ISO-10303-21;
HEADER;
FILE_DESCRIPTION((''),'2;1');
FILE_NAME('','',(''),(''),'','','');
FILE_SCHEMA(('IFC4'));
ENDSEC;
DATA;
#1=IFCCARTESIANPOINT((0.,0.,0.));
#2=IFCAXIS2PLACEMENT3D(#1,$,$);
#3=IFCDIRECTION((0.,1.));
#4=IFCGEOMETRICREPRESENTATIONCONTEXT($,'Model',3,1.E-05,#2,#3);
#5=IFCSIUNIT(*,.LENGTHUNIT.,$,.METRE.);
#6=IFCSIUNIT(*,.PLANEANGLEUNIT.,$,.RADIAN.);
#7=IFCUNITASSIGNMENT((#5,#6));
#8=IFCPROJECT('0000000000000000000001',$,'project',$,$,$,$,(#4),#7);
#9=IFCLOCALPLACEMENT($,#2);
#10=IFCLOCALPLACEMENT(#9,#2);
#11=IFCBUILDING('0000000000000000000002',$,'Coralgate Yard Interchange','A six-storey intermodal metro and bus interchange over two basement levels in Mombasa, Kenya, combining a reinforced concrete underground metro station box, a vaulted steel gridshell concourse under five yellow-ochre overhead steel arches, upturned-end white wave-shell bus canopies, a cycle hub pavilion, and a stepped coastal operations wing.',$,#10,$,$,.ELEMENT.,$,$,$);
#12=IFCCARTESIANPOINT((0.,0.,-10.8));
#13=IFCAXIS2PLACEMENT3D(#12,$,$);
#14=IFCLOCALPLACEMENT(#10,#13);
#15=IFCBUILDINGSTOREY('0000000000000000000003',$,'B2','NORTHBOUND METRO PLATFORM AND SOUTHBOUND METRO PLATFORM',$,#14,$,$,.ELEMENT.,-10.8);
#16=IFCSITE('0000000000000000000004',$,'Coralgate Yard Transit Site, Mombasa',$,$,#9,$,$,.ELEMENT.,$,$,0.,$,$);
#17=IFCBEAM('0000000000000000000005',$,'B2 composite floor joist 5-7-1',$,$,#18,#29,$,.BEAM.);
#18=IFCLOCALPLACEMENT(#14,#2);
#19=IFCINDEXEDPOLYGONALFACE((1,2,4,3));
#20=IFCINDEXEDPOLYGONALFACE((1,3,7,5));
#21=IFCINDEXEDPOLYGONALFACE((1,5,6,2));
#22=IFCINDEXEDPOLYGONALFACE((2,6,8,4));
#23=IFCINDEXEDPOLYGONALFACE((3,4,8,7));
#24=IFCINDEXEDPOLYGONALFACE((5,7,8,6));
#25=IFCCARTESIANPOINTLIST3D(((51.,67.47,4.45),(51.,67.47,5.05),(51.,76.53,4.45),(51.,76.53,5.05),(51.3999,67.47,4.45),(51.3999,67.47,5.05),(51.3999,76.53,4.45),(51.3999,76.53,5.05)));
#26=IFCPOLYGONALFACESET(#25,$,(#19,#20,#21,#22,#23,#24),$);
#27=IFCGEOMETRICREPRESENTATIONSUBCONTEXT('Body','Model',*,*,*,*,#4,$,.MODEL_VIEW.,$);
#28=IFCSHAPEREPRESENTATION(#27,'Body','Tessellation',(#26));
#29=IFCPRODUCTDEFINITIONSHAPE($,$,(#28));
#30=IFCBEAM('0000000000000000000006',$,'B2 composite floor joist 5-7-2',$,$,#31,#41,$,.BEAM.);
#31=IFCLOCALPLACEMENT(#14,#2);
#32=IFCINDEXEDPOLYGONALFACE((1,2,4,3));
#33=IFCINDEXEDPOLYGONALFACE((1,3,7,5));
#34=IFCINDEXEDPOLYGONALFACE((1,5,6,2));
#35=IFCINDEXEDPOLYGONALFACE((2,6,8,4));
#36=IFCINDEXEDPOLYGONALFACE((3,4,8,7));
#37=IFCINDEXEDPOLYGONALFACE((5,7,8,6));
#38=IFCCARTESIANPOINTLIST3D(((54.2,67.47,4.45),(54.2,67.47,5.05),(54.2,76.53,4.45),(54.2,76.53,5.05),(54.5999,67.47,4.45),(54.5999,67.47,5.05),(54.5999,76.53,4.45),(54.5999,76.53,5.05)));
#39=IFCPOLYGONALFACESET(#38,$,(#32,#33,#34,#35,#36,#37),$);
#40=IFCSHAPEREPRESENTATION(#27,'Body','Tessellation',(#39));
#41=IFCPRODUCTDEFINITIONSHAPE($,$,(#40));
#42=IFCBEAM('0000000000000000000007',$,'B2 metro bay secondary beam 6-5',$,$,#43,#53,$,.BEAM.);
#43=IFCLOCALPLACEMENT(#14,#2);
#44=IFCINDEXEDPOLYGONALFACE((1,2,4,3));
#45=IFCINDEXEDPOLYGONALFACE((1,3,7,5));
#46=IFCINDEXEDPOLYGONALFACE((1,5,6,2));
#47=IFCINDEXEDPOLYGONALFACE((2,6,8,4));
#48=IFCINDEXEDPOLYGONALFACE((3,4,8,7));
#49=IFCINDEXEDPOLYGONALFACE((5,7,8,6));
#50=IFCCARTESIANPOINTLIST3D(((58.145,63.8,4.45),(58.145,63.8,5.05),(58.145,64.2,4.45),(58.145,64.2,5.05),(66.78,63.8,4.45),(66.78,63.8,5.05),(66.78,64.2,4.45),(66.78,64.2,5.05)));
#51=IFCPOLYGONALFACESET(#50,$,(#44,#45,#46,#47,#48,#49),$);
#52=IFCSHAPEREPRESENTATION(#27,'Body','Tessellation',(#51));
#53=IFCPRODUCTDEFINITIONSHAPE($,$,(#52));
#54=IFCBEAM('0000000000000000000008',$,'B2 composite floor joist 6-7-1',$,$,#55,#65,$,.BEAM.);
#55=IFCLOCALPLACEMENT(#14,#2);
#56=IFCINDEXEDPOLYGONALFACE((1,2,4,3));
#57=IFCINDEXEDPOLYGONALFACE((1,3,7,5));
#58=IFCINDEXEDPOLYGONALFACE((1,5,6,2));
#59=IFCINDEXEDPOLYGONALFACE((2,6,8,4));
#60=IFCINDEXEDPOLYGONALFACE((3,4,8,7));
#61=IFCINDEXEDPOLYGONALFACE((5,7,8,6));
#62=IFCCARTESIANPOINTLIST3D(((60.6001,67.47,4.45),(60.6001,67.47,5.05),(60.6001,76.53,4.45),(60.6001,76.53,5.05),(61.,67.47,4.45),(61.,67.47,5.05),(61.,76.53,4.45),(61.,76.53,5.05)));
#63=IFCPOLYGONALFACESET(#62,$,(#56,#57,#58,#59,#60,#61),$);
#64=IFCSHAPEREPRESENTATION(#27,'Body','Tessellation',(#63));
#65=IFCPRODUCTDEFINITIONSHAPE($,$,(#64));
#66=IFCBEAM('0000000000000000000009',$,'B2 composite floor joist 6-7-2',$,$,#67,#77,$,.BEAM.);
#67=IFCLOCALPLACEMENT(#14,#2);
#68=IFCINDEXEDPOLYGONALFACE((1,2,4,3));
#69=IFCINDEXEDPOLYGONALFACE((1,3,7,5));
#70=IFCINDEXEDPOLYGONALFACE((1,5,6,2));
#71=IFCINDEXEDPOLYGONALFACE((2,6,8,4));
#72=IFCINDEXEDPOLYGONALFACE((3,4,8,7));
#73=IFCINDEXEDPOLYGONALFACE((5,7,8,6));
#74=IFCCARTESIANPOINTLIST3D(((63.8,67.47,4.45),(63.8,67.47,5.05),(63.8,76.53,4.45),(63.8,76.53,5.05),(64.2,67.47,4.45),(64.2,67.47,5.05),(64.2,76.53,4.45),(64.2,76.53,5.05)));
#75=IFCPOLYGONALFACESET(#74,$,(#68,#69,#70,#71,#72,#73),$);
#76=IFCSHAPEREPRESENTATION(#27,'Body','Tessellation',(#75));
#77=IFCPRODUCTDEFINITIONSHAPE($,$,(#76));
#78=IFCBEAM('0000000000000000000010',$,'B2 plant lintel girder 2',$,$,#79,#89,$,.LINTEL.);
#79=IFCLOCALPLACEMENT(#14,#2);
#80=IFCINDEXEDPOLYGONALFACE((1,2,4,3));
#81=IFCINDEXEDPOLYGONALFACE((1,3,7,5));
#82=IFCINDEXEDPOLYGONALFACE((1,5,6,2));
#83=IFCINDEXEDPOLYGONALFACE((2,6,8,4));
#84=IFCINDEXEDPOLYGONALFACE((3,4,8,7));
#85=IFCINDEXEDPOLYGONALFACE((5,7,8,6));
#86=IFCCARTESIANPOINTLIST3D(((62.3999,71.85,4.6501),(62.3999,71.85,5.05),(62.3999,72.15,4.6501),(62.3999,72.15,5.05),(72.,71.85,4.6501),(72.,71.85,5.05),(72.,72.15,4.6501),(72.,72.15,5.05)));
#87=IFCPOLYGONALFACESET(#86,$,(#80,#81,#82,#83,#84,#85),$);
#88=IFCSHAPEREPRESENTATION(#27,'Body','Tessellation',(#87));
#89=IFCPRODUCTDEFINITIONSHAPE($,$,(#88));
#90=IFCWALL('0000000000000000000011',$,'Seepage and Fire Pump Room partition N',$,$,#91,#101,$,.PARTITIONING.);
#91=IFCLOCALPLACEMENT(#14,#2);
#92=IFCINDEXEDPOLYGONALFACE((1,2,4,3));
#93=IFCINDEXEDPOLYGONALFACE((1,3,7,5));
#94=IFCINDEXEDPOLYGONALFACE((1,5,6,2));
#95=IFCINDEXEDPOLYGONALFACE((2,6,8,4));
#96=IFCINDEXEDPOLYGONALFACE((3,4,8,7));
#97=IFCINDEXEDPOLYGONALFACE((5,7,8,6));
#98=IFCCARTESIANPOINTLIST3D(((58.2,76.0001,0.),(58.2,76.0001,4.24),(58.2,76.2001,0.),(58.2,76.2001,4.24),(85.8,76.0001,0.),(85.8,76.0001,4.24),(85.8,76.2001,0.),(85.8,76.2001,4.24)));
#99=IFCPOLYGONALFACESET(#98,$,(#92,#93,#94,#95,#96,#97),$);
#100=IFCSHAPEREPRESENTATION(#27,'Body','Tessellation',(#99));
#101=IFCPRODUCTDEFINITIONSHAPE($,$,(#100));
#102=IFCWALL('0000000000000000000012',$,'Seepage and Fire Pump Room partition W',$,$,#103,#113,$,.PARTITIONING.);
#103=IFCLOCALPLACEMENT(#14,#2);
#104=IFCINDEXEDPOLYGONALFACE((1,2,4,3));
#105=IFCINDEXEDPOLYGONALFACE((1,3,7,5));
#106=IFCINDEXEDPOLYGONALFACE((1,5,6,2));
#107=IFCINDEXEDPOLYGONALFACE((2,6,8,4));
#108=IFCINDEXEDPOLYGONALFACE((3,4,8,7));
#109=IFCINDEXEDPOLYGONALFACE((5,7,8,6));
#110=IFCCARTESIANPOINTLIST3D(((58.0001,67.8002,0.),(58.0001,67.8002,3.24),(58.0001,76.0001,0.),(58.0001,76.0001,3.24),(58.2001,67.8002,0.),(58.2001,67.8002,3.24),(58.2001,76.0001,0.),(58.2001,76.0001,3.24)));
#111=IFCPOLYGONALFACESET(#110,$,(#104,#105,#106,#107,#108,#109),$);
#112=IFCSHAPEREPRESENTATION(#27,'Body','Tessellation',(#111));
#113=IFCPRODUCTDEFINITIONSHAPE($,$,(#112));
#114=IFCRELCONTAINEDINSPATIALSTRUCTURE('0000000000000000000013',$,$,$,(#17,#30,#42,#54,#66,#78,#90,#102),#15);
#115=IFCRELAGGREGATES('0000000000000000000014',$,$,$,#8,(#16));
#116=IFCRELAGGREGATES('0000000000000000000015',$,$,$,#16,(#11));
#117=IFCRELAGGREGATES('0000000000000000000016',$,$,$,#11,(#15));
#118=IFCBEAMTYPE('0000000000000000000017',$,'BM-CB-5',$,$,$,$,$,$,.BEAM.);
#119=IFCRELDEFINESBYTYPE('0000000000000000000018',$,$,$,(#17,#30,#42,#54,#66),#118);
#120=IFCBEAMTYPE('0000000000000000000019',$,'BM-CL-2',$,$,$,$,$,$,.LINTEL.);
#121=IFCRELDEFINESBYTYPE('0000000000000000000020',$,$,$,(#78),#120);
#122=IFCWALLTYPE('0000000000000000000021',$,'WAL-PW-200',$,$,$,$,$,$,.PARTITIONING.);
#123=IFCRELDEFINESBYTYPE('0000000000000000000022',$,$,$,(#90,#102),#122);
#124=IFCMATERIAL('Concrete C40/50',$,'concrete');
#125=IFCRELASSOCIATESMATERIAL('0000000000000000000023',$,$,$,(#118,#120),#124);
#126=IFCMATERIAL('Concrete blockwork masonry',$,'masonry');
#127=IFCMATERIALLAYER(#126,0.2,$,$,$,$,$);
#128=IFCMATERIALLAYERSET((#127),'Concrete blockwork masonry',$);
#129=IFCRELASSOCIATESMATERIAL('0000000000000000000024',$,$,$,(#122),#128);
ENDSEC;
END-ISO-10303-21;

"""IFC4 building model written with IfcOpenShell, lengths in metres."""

from ifc_helpers import new_model, si_unit, direction, frame, frame_2d, origin, origin_2d, place, context, subcontext, project, spatial, rectangle, extrude, material, layer, layer_set, material_profile, profile_set, type_object, element, save


model = new_model("IFC4")

# Units and contexts
model_context = context("Model", 3, precision=1e-05, world=origin(), true_north=direction((0.0, 1.0)))
body_context = subcontext(model_context, "Body", "Model", "MODEL_VIEW")
ifc_project = project(units=[si_unit("LENGTHUNIT", "METRE"), si_unit("PLANEANGLEUNIT", "RADIAN")], contexts=[model_context])

# Site, building, storey
site_placement = place(None, origin())
site = spatial("IfcSite", under=ifc_project, at=site_placement, Name="Coralgate Yard Transit Site, Mombasa", CompositionType="ELEMENT", RefElevation=0.0)
building_placement = place(site_placement, origin())
building = spatial("IfcBuilding", under=site, at=building_placement, Name="Coralgate Yard Interchange", Description="A six-storey intermodal metro and bus interchange over two basement levels in Mombasa, Kenya, combining a reinforced concrete underground metro station box, a vaulted steel gridshell concourse under five yellow-ochre overhead steel arches, upturned-end white wave-shell bus canopies, a cycle hub pavilion, and a stepped coastal operations wing.", CompositionType="ELEMENT")
storey_placement = place(building_placement, frame((0.0, 0.0, -10.8)))
storey = spatial("IfcBuildingStorey", under=building, at=storey_placement, Name="B2", Description="NORTHBOUND METRO PLATFORM AND SOUTHBOUND METRO PLATFORM", CompositionType="ELEMENT", Elevation=-10.8)

# Shared definitions
ifc_material_1 = material(Name="Concrete C40/50", Category="concrete")

# Beams
ifc_material_profile_1 = material_profile(ifc_material_1, rectangle(XDim=0.3999, YDim=0.6001, at=origin_2d()), Name="RC 400x600")
ifc_profile_set_1 = profile_set([ifc_material_profile_1], Name="Concrete C40/50")
beam_type_1 = type_object("IfcBeamType", Name="BM-CB-5", PredefinedType="BEAM", material=ifc_profile_set_1)
for number, where, z_axis, x_axis, name in (
    (1, (51.2, 67.47, 4.75), (0.0, 1.0, 0.0), (-1.0, 0.0, 0.0), "B2 composite floor joist 5-7-1"),
    (2, (54.3999, 67.47, 4.75), (0.0, 1.0, 0.0), (-1.0, 0.0, 0.0), "B2 composite floor joist 5-7-2"),
):
    element("IfcBeam", number, at=place(storey_placement, frame(where, z_axis=z_axis, x_axis=x_axis)), inside=storey, type_object=beam_type_1, Name=name, PredefinedType="BEAM", context=body_context, shape_type="SweptSolid", body=[
        extrude(rectangle(XDim=0.3999, YDim=0.6001, at=origin_2d()), origin(), (0.0, 0.0, 1.0), 9.0601),
    ])
beam_1_placement = place(storey_placement, frame((58.145, 64.0, 4.75), z_axis=(1.0, 0.0, 0.0), x_axis=(0.0, 1.0, 0.0)))
element("IfcBeam", 3, at=beam_1_placement, inside=storey, type_object=beam_type_1, Name="B2 metro bay secondary beam 6-5", PredefinedType="BEAM", context=body_context, shape_type="SweptSolid", body=[
    extrude(rectangle(XDim=0.3999, YDim=0.6001, at=origin_2d()), origin(), (0.0, 0.0, 1.0), 8.635),
])
for number, where, z_axis, x_axis, name in (
    (4, (60.8, 67.47, 4.75), (0.0, 1.0, 0.0), (-1.0, 0.0, 0.0), "B2 composite floor joist 6-7-1"),
    (5, (64.0, 67.47, 4.75), (0.0, 1.0, 0.0), (-1.0, 0.0, 0.0), "B2 composite floor joist 6-7-2"),
):
    element("IfcBeam", number, at=place(storey_placement, frame(where, z_axis=z_axis, x_axis=x_axis)), inside=storey, type_object=beam_type_1, Name=name, PredefinedType="BEAM", context=body_context, shape_type="SweptSolid", body=[
        extrude(rectangle(XDim=0.3999, YDim=0.6001, at=origin_2d()), origin(), (0.0, 0.0, 1.0), 9.0601),
    ])
ifc_material_profile_2 = material_profile(ifc_material_1, rectangle(XDim=0.3, YDim=0.3999, at=origin_2d()), Name="RC 300x400")
ifc_profile_set_2 = profile_set([ifc_material_profile_2], Name="Concrete C40/50")
beam_type_2 = type_object("IfcBeamType", Name="BM-CL-2", PredefinedType="LINTEL", material=ifc_profile_set_2)
beam_2_placement = place(storey_placement, frame((62.3999, 72.0, 4.8501), z_axis=(1.0, 0.0, 0.0), x_axis=(0.0, 1.0, 0.0)))
element("IfcBeam", 6, at=beam_2_placement, inside=storey, type_object=beam_type_2, Name="B2 plant lintel girder 2", PredefinedType="LINTEL", context=body_context, shape_type="SweptSolid", body=[
    extrude(rectangle(XDim=0.3, YDim=0.3999, at=origin_2d()), origin(), (0.0, 0.0, 1.0), 9.6001),
])

# Walls
ifc_material_2 = material(Name="Concrete blockwork masonry", Category="masonry")
ifc_layer = layer(ifc_material_2, 0.2)
ifc_layer_set = layer_set([ifc_layer], Name="Concrete blockwork masonry")
wall_type = type_object("IfcWallType", Name="WAL-PW-200", PredefinedType="PARTITIONING", material=ifc_layer_set)
wall_1_placement = place(storey_placement, frame((58.2, 76.1001, 0.0), z_axis=(0.0, 0.0, 1.0), x_axis=(1.0, 0.0, 0.0)))
element("IfcWall", 7, at=wall_1_placement, inside=storey, type_object=wall_type, Name="Seepage and Fire Pump Room partition N", PredefinedType="PARTITIONING", context=body_context, shape_type="SweptSolid", body=[
    extrude(rectangle(XDim=27.6001, YDim=0.2, at=frame_2d((13.8, 0.0))), origin(), (0.0, 0.0, 1.0), 4.24),
])
wall_2_placement = place(storey_placement, frame((58.1001, 67.8, 0.0), z_axis=(0.0, 0.0, 1.0), x_axis=(0.0, 1.0, 0.0)))
element("IfcWall", 8, at=wall_2_placement, inside=storey, type_object=wall_type, Name="Seepage and Fire Pump Room partition W", PredefinedType="PARTITIONING", context=body_context, shape_type="SweptSolid", body=[
    extrude(rectangle(XDim=8.2, YDim=0.2, at=frame_2d((4.1001, 0.0))), origin(), (0.0, 0.0, 1.0), 3.24),
])

save(model, "model.ifc")
